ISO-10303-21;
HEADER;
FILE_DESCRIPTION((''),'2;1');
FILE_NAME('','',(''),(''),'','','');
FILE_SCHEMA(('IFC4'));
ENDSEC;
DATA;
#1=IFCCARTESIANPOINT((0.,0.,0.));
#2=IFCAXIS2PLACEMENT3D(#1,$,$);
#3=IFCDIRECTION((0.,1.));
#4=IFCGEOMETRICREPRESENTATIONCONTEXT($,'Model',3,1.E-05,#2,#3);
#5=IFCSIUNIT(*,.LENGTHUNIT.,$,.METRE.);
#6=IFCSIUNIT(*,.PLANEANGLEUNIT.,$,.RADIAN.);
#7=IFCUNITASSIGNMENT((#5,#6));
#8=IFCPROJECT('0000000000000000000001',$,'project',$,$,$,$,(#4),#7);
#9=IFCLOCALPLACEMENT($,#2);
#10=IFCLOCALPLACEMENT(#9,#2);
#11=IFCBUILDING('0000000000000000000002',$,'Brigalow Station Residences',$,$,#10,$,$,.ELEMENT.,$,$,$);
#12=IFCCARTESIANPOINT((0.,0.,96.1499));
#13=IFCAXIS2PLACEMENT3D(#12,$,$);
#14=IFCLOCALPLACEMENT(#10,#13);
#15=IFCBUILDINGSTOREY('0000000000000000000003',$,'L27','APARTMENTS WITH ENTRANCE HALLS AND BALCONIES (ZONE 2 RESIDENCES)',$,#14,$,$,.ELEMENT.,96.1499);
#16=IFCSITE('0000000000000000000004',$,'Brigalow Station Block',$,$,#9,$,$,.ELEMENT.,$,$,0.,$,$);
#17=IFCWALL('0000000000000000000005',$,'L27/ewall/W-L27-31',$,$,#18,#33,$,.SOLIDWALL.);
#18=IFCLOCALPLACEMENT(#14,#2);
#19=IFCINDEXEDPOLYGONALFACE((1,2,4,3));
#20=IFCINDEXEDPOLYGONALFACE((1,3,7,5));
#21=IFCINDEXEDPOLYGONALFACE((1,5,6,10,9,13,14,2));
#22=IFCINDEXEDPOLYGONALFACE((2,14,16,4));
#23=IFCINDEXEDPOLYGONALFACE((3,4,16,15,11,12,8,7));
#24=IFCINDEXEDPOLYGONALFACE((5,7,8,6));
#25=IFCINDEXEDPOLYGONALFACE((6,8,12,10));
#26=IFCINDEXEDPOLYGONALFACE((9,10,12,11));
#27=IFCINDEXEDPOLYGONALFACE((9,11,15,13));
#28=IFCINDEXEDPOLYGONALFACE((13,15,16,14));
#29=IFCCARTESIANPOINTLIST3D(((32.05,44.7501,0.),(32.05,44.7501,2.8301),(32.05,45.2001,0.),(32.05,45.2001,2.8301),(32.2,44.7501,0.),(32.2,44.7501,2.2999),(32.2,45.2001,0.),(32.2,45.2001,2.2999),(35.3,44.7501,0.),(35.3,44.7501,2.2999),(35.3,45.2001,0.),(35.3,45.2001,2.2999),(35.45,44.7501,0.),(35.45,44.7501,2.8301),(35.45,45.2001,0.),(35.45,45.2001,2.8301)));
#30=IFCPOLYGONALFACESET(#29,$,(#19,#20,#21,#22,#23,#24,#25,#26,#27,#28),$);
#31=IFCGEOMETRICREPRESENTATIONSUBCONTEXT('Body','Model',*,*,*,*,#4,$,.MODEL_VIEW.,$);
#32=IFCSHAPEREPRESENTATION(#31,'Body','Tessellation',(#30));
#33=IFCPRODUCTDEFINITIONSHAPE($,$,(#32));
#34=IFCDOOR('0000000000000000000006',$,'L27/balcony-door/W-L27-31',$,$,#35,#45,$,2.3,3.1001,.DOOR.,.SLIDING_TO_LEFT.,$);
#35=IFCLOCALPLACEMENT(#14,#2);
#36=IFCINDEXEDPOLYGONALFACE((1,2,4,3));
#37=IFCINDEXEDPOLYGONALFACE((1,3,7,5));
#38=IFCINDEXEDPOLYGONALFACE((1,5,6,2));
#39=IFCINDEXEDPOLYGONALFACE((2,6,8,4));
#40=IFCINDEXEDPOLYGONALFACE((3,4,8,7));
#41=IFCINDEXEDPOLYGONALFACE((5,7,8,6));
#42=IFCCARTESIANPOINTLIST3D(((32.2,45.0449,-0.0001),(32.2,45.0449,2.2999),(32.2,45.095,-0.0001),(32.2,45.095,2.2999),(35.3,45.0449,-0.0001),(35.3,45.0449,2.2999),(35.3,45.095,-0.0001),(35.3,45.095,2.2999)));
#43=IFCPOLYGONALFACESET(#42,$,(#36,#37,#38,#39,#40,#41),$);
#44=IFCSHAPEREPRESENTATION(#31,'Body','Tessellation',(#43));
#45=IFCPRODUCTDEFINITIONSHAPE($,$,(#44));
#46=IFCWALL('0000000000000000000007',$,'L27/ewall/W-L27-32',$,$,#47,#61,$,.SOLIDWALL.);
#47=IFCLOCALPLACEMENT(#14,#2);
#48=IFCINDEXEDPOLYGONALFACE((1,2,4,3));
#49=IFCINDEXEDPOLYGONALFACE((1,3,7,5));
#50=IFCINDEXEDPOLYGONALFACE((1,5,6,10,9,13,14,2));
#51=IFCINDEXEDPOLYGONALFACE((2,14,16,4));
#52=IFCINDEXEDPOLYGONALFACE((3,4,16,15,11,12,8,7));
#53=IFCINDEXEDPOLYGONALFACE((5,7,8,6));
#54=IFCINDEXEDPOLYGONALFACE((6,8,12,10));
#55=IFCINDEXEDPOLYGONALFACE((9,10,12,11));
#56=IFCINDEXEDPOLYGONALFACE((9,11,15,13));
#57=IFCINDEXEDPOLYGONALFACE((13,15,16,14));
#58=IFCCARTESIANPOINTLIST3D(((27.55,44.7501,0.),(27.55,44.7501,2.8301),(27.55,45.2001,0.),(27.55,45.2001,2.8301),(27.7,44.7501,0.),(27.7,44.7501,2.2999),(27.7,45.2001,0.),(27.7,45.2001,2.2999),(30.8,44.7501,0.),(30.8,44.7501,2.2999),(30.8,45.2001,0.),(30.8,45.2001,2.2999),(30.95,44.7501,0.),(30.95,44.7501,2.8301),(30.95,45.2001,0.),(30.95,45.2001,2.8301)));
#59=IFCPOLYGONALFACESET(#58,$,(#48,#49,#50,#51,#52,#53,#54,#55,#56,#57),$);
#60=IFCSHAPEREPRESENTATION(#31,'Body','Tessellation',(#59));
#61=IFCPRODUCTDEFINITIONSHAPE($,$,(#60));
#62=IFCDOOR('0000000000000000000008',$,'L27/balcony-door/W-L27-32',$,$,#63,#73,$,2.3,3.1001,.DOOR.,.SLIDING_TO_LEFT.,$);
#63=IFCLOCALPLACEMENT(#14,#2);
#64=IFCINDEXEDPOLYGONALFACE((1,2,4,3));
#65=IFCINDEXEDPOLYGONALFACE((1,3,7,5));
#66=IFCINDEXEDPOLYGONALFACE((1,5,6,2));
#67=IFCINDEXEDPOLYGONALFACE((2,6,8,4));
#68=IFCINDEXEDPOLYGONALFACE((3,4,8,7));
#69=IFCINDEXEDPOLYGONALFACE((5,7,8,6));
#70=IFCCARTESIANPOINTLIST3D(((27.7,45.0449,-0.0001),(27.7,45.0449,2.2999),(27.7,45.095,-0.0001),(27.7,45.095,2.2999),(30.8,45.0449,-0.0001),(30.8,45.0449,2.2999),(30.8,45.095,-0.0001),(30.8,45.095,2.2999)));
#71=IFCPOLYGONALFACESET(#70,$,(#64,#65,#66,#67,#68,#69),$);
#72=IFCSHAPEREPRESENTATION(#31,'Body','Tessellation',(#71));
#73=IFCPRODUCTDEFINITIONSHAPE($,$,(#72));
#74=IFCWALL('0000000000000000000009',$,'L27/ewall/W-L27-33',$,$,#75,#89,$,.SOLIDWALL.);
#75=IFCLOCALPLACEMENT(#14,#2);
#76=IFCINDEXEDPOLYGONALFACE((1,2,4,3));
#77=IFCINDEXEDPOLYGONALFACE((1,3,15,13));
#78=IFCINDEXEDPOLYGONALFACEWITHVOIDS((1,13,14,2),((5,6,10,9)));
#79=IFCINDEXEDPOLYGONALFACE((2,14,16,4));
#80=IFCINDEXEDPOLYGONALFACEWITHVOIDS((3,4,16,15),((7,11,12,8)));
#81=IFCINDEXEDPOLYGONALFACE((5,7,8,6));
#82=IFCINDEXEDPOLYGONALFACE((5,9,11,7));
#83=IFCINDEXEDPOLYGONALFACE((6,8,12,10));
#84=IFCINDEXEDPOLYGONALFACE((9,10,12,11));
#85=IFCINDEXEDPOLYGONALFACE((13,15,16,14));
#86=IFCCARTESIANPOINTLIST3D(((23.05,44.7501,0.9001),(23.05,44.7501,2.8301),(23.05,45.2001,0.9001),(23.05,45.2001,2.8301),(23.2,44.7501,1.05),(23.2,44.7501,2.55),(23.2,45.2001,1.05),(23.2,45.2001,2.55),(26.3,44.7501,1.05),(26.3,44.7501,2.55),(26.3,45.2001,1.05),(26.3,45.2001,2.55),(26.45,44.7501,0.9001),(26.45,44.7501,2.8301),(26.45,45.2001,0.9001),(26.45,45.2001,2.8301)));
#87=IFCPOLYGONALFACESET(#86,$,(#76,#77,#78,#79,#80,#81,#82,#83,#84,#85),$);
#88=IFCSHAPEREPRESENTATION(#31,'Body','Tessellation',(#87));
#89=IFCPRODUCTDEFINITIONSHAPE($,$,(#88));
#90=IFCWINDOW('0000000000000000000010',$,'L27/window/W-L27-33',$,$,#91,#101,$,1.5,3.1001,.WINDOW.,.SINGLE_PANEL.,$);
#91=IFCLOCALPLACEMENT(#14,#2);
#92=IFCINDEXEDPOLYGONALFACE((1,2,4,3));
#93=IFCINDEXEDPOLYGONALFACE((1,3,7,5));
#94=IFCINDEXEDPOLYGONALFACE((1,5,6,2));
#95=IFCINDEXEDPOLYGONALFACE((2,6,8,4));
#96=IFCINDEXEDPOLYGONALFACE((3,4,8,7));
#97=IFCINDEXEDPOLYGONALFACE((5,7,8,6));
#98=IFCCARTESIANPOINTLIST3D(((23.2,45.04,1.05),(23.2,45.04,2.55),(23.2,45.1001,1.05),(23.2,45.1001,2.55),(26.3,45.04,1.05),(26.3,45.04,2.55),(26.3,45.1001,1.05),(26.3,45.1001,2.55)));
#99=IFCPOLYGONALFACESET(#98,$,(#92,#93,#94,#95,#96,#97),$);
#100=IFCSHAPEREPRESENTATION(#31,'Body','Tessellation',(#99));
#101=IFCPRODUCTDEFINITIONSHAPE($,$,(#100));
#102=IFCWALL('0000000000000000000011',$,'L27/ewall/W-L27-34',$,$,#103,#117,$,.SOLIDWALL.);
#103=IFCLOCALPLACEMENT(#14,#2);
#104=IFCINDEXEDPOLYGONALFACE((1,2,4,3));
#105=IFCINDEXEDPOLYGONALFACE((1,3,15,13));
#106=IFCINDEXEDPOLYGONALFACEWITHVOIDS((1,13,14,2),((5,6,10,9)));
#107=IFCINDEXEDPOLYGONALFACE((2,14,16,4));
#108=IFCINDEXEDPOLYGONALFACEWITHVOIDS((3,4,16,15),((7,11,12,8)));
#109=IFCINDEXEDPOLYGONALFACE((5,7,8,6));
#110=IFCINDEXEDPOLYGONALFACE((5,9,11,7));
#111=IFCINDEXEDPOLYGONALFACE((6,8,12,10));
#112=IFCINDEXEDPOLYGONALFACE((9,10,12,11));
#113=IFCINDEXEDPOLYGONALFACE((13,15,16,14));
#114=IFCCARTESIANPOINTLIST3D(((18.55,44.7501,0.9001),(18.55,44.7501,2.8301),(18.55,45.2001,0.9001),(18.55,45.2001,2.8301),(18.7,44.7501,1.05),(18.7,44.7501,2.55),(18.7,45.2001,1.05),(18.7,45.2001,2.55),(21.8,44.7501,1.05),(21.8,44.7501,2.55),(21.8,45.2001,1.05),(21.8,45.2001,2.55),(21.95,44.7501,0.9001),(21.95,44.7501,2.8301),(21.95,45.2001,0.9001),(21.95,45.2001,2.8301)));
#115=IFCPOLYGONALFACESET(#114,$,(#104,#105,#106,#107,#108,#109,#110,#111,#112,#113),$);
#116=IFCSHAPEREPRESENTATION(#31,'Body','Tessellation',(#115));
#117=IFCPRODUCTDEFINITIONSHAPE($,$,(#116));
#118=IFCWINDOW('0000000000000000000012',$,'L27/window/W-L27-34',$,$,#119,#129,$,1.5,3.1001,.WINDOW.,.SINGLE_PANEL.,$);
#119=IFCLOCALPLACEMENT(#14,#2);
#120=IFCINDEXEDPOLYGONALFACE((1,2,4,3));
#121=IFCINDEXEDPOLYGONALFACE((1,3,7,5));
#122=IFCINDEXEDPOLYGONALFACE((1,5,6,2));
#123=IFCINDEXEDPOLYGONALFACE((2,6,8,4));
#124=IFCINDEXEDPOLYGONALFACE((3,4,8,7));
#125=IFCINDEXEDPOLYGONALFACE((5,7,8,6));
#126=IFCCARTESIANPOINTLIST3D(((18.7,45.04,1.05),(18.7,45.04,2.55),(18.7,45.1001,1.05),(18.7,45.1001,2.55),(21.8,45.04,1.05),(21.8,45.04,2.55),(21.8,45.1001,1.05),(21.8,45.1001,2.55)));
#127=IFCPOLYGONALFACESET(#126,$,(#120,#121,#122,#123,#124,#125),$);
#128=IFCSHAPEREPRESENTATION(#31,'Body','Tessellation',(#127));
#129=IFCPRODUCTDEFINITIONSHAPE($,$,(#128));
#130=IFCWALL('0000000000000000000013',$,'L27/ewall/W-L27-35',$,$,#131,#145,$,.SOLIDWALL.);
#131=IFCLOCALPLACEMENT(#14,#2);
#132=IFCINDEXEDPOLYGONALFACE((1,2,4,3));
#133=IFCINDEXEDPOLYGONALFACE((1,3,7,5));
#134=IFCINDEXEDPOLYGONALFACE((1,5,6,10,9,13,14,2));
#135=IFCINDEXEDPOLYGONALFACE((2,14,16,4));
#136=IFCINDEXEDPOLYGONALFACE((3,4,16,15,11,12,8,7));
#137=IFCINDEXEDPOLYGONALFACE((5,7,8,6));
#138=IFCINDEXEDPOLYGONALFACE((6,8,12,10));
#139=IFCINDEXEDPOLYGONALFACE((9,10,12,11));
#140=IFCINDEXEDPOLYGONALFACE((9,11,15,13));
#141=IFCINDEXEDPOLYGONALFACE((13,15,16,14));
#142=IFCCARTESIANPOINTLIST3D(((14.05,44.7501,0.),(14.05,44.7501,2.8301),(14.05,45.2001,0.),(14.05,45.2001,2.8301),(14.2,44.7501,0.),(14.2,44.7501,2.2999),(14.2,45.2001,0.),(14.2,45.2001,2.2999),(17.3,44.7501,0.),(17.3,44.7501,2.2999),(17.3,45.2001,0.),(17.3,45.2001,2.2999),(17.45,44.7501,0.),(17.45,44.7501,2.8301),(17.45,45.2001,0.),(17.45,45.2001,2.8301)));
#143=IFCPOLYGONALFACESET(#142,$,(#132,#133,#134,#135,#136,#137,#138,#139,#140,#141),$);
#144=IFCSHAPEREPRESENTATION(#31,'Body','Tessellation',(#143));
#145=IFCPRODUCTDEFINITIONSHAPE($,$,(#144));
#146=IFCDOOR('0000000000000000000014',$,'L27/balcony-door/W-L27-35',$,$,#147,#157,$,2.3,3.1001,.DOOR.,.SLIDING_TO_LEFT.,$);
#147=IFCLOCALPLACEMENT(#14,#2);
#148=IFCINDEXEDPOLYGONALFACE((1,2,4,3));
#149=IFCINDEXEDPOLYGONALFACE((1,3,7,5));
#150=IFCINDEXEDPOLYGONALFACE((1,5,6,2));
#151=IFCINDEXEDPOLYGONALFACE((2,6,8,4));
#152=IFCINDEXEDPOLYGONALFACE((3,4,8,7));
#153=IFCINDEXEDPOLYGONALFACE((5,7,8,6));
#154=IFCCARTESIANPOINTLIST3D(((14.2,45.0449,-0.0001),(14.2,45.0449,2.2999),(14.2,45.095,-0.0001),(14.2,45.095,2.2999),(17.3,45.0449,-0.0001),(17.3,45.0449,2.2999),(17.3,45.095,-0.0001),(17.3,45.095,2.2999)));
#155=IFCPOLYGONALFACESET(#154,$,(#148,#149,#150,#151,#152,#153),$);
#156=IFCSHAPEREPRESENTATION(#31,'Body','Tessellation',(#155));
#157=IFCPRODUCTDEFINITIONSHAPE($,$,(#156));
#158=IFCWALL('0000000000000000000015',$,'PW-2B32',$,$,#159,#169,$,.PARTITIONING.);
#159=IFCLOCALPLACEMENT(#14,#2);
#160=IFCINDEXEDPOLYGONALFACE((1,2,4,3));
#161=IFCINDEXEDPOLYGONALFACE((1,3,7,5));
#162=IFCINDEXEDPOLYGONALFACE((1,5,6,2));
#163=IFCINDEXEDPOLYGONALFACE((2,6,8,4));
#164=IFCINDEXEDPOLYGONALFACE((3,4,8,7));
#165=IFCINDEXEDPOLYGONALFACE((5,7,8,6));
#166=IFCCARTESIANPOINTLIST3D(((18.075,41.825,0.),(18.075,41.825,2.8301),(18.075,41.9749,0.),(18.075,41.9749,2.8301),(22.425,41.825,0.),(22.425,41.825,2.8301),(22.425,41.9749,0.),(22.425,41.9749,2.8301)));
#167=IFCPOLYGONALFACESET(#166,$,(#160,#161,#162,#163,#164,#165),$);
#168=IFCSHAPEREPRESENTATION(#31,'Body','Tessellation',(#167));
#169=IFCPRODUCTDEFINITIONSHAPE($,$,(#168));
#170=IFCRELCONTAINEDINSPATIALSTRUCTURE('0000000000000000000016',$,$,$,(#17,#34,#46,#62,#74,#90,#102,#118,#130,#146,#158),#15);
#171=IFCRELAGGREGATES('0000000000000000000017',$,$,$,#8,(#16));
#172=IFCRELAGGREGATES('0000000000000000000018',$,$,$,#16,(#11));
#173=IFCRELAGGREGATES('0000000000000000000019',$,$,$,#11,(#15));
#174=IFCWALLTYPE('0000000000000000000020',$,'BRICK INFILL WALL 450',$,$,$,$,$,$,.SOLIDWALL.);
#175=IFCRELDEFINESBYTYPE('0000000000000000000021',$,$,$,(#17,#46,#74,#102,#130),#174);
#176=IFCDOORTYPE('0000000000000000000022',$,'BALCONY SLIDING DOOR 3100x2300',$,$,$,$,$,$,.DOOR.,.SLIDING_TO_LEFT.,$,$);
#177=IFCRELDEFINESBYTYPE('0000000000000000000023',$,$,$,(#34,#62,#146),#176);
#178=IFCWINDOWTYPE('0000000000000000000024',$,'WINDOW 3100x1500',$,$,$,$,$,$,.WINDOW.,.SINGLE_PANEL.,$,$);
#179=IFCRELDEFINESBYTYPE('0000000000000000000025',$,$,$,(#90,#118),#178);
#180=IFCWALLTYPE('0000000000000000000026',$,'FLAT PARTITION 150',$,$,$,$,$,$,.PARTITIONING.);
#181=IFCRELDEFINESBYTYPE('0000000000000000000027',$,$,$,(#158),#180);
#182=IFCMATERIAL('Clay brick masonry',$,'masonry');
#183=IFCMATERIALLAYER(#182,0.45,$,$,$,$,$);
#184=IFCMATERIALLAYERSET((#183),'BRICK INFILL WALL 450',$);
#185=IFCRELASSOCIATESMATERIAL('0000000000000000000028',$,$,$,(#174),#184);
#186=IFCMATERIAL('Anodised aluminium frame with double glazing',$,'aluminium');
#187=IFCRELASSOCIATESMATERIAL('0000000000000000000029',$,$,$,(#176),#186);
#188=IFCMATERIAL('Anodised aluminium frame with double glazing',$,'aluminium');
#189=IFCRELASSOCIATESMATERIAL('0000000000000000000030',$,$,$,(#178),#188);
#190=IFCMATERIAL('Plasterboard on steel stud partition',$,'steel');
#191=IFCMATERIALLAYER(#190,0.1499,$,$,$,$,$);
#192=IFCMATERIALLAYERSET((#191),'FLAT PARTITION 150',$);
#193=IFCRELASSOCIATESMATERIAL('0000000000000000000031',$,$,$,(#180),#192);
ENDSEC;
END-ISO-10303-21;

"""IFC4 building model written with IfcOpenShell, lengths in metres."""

from ifc_helpers import new_model, si_unit, direction, frame, frame_2d, origin, place, context, subcontext, project, spatial, rectangle, extrude, material, layer, layer_set, type_object, element, fill, save


model = new_model("IFC4")

# Units and contexts
model_context = context("Model", 3, precision=1e-05, world=origin(), true_north=direction((0.0, 1.0)))
body_context = subcontext(model_context, "Body", "Model", "MODEL_VIEW")
ifc_project = project(units=[si_unit("LENGTHUNIT", "METRE"), si_unit("PLANEANGLEUNIT", "RADIAN")], contexts=[model_context])

# Site, building, storey
site_placement = place(None, origin())
site = spatial("IfcSite", under=ifc_project, at=site_placement, Name="Brigalow Station Block", CompositionType="ELEMENT", RefElevation=0.0)
building_placement = place(site_placement, origin())
building = spatial("IfcBuilding", under=site, at=building_placement, Name="Brigalow Station Residences", CompositionType="ELEMENT")
storey_placement = place(building_placement, frame((0.0, 0.0, 96.1499)))
storey = spatial("IfcBuildingStorey", under=building, at=storey_placement, Name="L27", Description="APARTMENTS WITH ENTRANCE HALLS AND BALCONIES (ZONE 2 RESIDENCES)", CompositionType="ELEMENT", Elevation=96.1499)

# Walls, openings, doors
ifc_material_1 = material(Name="Clay brick masonry", Category="masonry")
ifc_layer_1 = layer(ifc_material_1, 0.45)
ifc_layer_set_1 = layer_set([ifc_layer_1], Name="BRICK INFILL WALL 450")
wall_type_1 = type_object("IfcWallType", Name="BRICK INFILL WALL 450", PredefinedType="SOLIDWALL", material=ifc_layer_set_1)
wall_1_placement = place(storey_placement, frame((35.45, 44.9751, 0.0), z_axis=(0.0, 0.0, 1.0), x_axis=(-1.0, 0.0, 0.0)))
wall_1 = element("IfcWall", 1, at=wall_1_placement, inside=storey, type_object=wall_type_1, Name="L27/ewall/W-L27-31", PredefinedType="SOLIDWALL", context=body_context, shape_type="SweptSolid", body=[
    extrude(rectangle(XDim=3.3999, YDim=0.45, at=frame_2d((1.7, 0.0))), origin(), (0.0, 0.0, 1.0), 2.8301),
])
opening_1_placement = place(wall_1_placement, frame((0.1499, 0.0, 0.0)))
opening_1 = element("IfcOpeningElement", 2, at=opening_1_placement, cuts=wall_1, PredefinedType="OPENING", context=body_context, shape_type="SweptSolid", body=[
    extrude(rectangle(XDim=3.1001, YDim=2.3, at=frame_2d((1.55, 1.1499))), frame((0.0, 0.2349, 0.0), z_axis=(0.0, -1.0, 0.0), x_axis=(1.0, 0.0, 0.0)), (0.0, 0.0, 1.0), 0.47),
])
ifc_material_2 = material(Name="Anodised aluminium frame with double glazing", Category="aluminium")
door_type_1 = type_object("IfcDoorType", Name="BALCONY SLIDING DOOR 3100x2300", OperationType="SLIDING_TO_LEFT", PredefinedType="DOOR", material=ifc_material_2)
door_1_placement = place(opening_1_placement, origin())
door_1 = element("IfcDoor", 3, at=door_1_placement, inside=storey, type_object=door_type_1, Name="L27/balcony-door/W-L27-31", OperationType="SLIDING_TO_LEFT", OverallHeight=2.3, OverallWidth=3.1001, PredefinedType="DOOR", context=body_context, shape_type="SweptSolid", body=[
    extrude(rectangle(XDim=3.1001, YDim=2.3, at=frame_2d((1.55, 1.1499))), frame((0.0, -0.0698, 0.0), z_axis=(0.0, -1.0, 0.0), x_axis=(1.0, 0.0, 0.0)), (0.0, 0.0, 1.0), 0.05),
])
fill(opening_1, door_1)
wall_2_placement = place(storey_placement, frame((30.95, 44.9751, 0.0), z_axis=(0.0, 0.0, 1.0), x_axis=(-1.0, 0.0, 0.0)))
wall_2 = element("IfcWall", 4, at=wall_2_placement, inside=storey, type_object=wall_type_1, Name="L27/ewall/W-L27-32", PredefinedType="SOLIDWALL", context=body_context, shape_type="SweptSolid", body=[
    extrude(rectangle(XDim=3.3999, YDim=0.45, at=frame_2d((1.7, 0.0))), origin(), (0.0, 0.0, 1.0), 2.8301),
])
opening_2_placement = place(wall_2_placement, frame((0.1499, 0.0, 0.0)))
opening_2 = element("IfcOpeningElement", 5, at=opening_2_placement, cuts=wall_2, PredefinedType="OPENING", context=body_context, shape_type="SweptSolid", body=[
    extrude(rectangle(XDim=3.1001, YDim=2.3, at=frame_2d((1.55, 1.1499))), frame((0.0, 0.2349, 0.0), z_axis=(0.0, -1.0, 0.0), x_axis=(1.0, 0.0, 0.0)), (0.0, 0.0, 1.0), 0.47),
])
door_2_placement = place(opening_2_placement, origin())
door_2 = element("IfcDoor", 6, at=door_2_placement, inside=storey, type_object=door_type_1, Name="L27/balcony-door/W-L27-32", OperationType="SLIDING_TO_LEFT", OverallHeight=2.3, OverallWidth=3.1001, PredefinedType="DOOR", context=body_context, shape_type="SweptSolid", body=[
    extrude(rectangle(XDim=3.1001, YDim=2.3, at=frame_2d((1.55, 1.1499))), frame((0.0, -0.0698, 0.0), z_axis=(0.0, -1.0, 0.0), x_axis=(1.0, 0.0, 0.0)), (0.0, 0.0, 1.0), 0.05),
])
fill(opening_2, door_2)

# Walls, openings, windows
wall_3_placement = place(storey_placement, frame((26.45, 44.9751, 0.9001), z_axis=(0.0, 0.0, 1.0), x_axis=(-1.0, 0.0, 0.0)))
wall_3 = element("IfcWall", 7, at=wall_3_placement, inside=storey, type_object=wall_type_1, Name="L27/ewall/W-L27-33", PredefinedType="SOLIDWALL", context=body_context, shape_type="SweptSolid", body=[
    extrude(rectangle(XDim=3.3999, YDim=0.45, at=frame_2d((1.7, 0.0))), origin(), (0.0, 0.0, 1.0), 1.9299),
])
opening_3_placement = place(wall_3_placement, frame((0.1499, 0.0, 0.1499)))
opening_3 = element("IfcOpeningElement", 8, at=opening_3_placement, cuts=wall_3, PredefinedType="OPENING", context=body_context, shape_type="SweptSolid", body=[
    extrude(rectangle(XDim=3.1001, YDim=1.5, at=frame_2d((1.55, 0.75))), frame((0.0, 0.2349, 0.0), z_axis=(0.0, -1.0, 0.0), x_axis=(1.0, 0.0, 0.0)), (0.0, 0.0, 1.0), 0.47),
])
ifc_material_3 = material(Name="Anodised aluminium frame with double glazing", Category="aluminium")
window_type = type_object("IfcWindowType", Name="WINDOW 3100x1500", PartitioningType="SINGLE_PANEL", PredefinedType="WINDOW", material=ifc_material_3)
window_1_placement = place(opening_3_placement, origin())
window_1 = element("IfcWindow", 9, at=window_1_placement, inside=storey, type_object=window_type, Name="L27/window/W-L27-33", OverallHeight=1.5, OverallWidth=3.1001, PartitioningType="SINGLE_PANEL", PredefinedType="WINDOW", context=body_context, shape_type="SweptSolid", body=[
    extrude(rectangle(XDim=3.1001, YDim=1.5, at=frame_2d((1.55, 0.75))), frame((0.0, -0.0649, 0.0), z_axis=(0.0, -1.0, 0.0), x_axis=(1.0, 0.0, 0.0)), (0.0, 0.0, 1.0), 0.0601),
])
fill(opening_3, window_1)
wall_4_placement = place(storey_placement, frame((21.95, 44.9751, 0.9001), z_axis=(0.0, 0.0, 1.0), x_axis=(-1.0, 0.0, 0.0)))
wall_4 = element("IfcWall", 10, at=wall_4_placement, inside=storey, type_object=wall_type_1, Name="L27/ewall/W-L27-34", PredefinedType="SOLIDWALL", context=body_context, shape_type="SweptSolid", body=[
    extrude(rectangle(XDim=3.3999, YDim=0.45, at=frame_2d((1.7, 0.0))), origin(), (0.0, 0.0, 1.0), 1.9299),
])
opening_4_placement = place(wall_4_placement, frame((0.1499, 0.0, 0.1499)))
opening_4 = element("IfcOpeningElement", 11, at=opening_4_placement, cuts=wall_4, PredefinedType="OPENING", context=body_context, shape_type="SweptSolid", body=[
    extrude(rectangle(XDim=3.1001, YDim=1.5, at=frame_2d((1.55, 0.75))), frame((0.0, 0.2349, 0.0), z_axis=(0.0, -1.0, 0.0), x_axis=(1.0, 0.0, 0.0)), (0.0, 0.0, 1.0), 0.47),
])
window_2_placement = place(opening_4_placement, origin())
window_2 = element("IfcWindow", 12, at=window_2_placement, inside=storey, type_object=window_type, Name="L27/window/W-L27-34", OverallHeight=1.5, OverallWidth=3.1001, PartitioningType="SINGLE_PANEL", PredefinedType="WINDOW", context=body_context, shape_type="SweptSolid", body=[
    extrude(rectangle(XDim=3.1001, YDim=1.5, at=frame_2d((1.55, 0.75))), frame((0.0, -0.0649, 0.0), z_axis=(0.0, -1.0, 0.0), x_axis=(1.0, 0.0, 0.0)), (0.0, 0.0, 1.0), 0.0601),
])
fill(opening_4, window_2)

# Wall, opening, door
wall_5_placement = place(storey_placement, frame((17.45, 44.9751, 0.0), z_axis=(0.0, 0.0, 1.0), x_axis=(-1.0, 0.0, 0.0)))
wall_5 = element("IfcWall", 13, at=wall_5_placement, inside=storey, type_object=wall_type_1, Name="L27/ewall/W-L27-35", PredefinedType="SOLIDWALL", context=body_context, shape_type="SweptSolid", body=[
    extrude(rectangle(XDim=3.3999, YDim=0.45, at=frame_2d((1.7, 0.0))), origin(), (0.0, 0.0, 1.0), 2.8301),
])
opening_5_placement = place(wall_5_placement, frame((0.1499, 0.0, 0.0)))
opening_5 = element("IfcOpeningElement", 14, at=opening_5_placement, cuts=wall_5, PredefinedType="OPENING", context=body_context, shape_type="SweptSolid", body=[
    extrude(rectangle(XDim=3.1001, YDim=2.3, at=frame_2d((1.55, 1.1499))), frame((0.0, 0.2349, 0.0), z_axis=(0.0, -1.0, 0.0), x_axis=(1.0, 0.0, 0.0)), (0.0, 0.0, 1.0), 0.47),
])
door_3_placement = place(opening_5_placement, origin())
door_3 = element("IfcDoor", 15, at=door_3_placement, inside=storey, type_object=door_type_1, Name="L27/balcony-door/W-L27-35", OperationType="SLIDING_TO_LEFT", OverallHeight=2.3, OverallWidth=3.1001, PredefinedType="DOOR", context=body_context, shape_type="SweptSolid", body=[
    extrude(rectangle(XDim=3.1001, YDim=2.3, at=frame_2d((1.55, 1.1499))), frame((0.0, -0.0698, 0.0), z_axis=(0.0, -1.0, 0.0), x_axis=(1.0, 0.0, 0.0)), (0.0, 0.0, 1.0), 0.05),
])
fill(opening_5, door_3)

# Wall
ifc_material_4 = material(Name="Plasterboard on steel stud partition", Category="steel")
ifc_layer_2 = layer(ifc_material_4, 0.1499)
ifc_layer_set_2 = layer_set([ifc_layer_2], Name="FLAT PARTITION 150")
wall_type_2 = type_object("IfcWallType", Name="FLAT PARTITION 150", PredefinedType="PARTITIONING", material=ifc_layer_set_2)
wall_6_placement = place(storey_placement, frame((18.075, 41.8999, 0.0), z_axis=(0.0, 0.0, 1.0), x_axis=(1.0, 0.0, 0.0)))
element("IfcWall", 16, at=wall_6_placement, inside=storey, type_object=wall_type_2, Name="PW-2B32", PredefinedType="PARTITIONING", context=body_context, shape_type="SweptSolid", body=[
    extrude(rectangle(XDim=4.3501, YDim=0.1499, at=frame_2d((2.175, 0.0))), origin(), (0.0, 0.0, 1.0), 2.8301),
])

save(model, "model.ifc")
